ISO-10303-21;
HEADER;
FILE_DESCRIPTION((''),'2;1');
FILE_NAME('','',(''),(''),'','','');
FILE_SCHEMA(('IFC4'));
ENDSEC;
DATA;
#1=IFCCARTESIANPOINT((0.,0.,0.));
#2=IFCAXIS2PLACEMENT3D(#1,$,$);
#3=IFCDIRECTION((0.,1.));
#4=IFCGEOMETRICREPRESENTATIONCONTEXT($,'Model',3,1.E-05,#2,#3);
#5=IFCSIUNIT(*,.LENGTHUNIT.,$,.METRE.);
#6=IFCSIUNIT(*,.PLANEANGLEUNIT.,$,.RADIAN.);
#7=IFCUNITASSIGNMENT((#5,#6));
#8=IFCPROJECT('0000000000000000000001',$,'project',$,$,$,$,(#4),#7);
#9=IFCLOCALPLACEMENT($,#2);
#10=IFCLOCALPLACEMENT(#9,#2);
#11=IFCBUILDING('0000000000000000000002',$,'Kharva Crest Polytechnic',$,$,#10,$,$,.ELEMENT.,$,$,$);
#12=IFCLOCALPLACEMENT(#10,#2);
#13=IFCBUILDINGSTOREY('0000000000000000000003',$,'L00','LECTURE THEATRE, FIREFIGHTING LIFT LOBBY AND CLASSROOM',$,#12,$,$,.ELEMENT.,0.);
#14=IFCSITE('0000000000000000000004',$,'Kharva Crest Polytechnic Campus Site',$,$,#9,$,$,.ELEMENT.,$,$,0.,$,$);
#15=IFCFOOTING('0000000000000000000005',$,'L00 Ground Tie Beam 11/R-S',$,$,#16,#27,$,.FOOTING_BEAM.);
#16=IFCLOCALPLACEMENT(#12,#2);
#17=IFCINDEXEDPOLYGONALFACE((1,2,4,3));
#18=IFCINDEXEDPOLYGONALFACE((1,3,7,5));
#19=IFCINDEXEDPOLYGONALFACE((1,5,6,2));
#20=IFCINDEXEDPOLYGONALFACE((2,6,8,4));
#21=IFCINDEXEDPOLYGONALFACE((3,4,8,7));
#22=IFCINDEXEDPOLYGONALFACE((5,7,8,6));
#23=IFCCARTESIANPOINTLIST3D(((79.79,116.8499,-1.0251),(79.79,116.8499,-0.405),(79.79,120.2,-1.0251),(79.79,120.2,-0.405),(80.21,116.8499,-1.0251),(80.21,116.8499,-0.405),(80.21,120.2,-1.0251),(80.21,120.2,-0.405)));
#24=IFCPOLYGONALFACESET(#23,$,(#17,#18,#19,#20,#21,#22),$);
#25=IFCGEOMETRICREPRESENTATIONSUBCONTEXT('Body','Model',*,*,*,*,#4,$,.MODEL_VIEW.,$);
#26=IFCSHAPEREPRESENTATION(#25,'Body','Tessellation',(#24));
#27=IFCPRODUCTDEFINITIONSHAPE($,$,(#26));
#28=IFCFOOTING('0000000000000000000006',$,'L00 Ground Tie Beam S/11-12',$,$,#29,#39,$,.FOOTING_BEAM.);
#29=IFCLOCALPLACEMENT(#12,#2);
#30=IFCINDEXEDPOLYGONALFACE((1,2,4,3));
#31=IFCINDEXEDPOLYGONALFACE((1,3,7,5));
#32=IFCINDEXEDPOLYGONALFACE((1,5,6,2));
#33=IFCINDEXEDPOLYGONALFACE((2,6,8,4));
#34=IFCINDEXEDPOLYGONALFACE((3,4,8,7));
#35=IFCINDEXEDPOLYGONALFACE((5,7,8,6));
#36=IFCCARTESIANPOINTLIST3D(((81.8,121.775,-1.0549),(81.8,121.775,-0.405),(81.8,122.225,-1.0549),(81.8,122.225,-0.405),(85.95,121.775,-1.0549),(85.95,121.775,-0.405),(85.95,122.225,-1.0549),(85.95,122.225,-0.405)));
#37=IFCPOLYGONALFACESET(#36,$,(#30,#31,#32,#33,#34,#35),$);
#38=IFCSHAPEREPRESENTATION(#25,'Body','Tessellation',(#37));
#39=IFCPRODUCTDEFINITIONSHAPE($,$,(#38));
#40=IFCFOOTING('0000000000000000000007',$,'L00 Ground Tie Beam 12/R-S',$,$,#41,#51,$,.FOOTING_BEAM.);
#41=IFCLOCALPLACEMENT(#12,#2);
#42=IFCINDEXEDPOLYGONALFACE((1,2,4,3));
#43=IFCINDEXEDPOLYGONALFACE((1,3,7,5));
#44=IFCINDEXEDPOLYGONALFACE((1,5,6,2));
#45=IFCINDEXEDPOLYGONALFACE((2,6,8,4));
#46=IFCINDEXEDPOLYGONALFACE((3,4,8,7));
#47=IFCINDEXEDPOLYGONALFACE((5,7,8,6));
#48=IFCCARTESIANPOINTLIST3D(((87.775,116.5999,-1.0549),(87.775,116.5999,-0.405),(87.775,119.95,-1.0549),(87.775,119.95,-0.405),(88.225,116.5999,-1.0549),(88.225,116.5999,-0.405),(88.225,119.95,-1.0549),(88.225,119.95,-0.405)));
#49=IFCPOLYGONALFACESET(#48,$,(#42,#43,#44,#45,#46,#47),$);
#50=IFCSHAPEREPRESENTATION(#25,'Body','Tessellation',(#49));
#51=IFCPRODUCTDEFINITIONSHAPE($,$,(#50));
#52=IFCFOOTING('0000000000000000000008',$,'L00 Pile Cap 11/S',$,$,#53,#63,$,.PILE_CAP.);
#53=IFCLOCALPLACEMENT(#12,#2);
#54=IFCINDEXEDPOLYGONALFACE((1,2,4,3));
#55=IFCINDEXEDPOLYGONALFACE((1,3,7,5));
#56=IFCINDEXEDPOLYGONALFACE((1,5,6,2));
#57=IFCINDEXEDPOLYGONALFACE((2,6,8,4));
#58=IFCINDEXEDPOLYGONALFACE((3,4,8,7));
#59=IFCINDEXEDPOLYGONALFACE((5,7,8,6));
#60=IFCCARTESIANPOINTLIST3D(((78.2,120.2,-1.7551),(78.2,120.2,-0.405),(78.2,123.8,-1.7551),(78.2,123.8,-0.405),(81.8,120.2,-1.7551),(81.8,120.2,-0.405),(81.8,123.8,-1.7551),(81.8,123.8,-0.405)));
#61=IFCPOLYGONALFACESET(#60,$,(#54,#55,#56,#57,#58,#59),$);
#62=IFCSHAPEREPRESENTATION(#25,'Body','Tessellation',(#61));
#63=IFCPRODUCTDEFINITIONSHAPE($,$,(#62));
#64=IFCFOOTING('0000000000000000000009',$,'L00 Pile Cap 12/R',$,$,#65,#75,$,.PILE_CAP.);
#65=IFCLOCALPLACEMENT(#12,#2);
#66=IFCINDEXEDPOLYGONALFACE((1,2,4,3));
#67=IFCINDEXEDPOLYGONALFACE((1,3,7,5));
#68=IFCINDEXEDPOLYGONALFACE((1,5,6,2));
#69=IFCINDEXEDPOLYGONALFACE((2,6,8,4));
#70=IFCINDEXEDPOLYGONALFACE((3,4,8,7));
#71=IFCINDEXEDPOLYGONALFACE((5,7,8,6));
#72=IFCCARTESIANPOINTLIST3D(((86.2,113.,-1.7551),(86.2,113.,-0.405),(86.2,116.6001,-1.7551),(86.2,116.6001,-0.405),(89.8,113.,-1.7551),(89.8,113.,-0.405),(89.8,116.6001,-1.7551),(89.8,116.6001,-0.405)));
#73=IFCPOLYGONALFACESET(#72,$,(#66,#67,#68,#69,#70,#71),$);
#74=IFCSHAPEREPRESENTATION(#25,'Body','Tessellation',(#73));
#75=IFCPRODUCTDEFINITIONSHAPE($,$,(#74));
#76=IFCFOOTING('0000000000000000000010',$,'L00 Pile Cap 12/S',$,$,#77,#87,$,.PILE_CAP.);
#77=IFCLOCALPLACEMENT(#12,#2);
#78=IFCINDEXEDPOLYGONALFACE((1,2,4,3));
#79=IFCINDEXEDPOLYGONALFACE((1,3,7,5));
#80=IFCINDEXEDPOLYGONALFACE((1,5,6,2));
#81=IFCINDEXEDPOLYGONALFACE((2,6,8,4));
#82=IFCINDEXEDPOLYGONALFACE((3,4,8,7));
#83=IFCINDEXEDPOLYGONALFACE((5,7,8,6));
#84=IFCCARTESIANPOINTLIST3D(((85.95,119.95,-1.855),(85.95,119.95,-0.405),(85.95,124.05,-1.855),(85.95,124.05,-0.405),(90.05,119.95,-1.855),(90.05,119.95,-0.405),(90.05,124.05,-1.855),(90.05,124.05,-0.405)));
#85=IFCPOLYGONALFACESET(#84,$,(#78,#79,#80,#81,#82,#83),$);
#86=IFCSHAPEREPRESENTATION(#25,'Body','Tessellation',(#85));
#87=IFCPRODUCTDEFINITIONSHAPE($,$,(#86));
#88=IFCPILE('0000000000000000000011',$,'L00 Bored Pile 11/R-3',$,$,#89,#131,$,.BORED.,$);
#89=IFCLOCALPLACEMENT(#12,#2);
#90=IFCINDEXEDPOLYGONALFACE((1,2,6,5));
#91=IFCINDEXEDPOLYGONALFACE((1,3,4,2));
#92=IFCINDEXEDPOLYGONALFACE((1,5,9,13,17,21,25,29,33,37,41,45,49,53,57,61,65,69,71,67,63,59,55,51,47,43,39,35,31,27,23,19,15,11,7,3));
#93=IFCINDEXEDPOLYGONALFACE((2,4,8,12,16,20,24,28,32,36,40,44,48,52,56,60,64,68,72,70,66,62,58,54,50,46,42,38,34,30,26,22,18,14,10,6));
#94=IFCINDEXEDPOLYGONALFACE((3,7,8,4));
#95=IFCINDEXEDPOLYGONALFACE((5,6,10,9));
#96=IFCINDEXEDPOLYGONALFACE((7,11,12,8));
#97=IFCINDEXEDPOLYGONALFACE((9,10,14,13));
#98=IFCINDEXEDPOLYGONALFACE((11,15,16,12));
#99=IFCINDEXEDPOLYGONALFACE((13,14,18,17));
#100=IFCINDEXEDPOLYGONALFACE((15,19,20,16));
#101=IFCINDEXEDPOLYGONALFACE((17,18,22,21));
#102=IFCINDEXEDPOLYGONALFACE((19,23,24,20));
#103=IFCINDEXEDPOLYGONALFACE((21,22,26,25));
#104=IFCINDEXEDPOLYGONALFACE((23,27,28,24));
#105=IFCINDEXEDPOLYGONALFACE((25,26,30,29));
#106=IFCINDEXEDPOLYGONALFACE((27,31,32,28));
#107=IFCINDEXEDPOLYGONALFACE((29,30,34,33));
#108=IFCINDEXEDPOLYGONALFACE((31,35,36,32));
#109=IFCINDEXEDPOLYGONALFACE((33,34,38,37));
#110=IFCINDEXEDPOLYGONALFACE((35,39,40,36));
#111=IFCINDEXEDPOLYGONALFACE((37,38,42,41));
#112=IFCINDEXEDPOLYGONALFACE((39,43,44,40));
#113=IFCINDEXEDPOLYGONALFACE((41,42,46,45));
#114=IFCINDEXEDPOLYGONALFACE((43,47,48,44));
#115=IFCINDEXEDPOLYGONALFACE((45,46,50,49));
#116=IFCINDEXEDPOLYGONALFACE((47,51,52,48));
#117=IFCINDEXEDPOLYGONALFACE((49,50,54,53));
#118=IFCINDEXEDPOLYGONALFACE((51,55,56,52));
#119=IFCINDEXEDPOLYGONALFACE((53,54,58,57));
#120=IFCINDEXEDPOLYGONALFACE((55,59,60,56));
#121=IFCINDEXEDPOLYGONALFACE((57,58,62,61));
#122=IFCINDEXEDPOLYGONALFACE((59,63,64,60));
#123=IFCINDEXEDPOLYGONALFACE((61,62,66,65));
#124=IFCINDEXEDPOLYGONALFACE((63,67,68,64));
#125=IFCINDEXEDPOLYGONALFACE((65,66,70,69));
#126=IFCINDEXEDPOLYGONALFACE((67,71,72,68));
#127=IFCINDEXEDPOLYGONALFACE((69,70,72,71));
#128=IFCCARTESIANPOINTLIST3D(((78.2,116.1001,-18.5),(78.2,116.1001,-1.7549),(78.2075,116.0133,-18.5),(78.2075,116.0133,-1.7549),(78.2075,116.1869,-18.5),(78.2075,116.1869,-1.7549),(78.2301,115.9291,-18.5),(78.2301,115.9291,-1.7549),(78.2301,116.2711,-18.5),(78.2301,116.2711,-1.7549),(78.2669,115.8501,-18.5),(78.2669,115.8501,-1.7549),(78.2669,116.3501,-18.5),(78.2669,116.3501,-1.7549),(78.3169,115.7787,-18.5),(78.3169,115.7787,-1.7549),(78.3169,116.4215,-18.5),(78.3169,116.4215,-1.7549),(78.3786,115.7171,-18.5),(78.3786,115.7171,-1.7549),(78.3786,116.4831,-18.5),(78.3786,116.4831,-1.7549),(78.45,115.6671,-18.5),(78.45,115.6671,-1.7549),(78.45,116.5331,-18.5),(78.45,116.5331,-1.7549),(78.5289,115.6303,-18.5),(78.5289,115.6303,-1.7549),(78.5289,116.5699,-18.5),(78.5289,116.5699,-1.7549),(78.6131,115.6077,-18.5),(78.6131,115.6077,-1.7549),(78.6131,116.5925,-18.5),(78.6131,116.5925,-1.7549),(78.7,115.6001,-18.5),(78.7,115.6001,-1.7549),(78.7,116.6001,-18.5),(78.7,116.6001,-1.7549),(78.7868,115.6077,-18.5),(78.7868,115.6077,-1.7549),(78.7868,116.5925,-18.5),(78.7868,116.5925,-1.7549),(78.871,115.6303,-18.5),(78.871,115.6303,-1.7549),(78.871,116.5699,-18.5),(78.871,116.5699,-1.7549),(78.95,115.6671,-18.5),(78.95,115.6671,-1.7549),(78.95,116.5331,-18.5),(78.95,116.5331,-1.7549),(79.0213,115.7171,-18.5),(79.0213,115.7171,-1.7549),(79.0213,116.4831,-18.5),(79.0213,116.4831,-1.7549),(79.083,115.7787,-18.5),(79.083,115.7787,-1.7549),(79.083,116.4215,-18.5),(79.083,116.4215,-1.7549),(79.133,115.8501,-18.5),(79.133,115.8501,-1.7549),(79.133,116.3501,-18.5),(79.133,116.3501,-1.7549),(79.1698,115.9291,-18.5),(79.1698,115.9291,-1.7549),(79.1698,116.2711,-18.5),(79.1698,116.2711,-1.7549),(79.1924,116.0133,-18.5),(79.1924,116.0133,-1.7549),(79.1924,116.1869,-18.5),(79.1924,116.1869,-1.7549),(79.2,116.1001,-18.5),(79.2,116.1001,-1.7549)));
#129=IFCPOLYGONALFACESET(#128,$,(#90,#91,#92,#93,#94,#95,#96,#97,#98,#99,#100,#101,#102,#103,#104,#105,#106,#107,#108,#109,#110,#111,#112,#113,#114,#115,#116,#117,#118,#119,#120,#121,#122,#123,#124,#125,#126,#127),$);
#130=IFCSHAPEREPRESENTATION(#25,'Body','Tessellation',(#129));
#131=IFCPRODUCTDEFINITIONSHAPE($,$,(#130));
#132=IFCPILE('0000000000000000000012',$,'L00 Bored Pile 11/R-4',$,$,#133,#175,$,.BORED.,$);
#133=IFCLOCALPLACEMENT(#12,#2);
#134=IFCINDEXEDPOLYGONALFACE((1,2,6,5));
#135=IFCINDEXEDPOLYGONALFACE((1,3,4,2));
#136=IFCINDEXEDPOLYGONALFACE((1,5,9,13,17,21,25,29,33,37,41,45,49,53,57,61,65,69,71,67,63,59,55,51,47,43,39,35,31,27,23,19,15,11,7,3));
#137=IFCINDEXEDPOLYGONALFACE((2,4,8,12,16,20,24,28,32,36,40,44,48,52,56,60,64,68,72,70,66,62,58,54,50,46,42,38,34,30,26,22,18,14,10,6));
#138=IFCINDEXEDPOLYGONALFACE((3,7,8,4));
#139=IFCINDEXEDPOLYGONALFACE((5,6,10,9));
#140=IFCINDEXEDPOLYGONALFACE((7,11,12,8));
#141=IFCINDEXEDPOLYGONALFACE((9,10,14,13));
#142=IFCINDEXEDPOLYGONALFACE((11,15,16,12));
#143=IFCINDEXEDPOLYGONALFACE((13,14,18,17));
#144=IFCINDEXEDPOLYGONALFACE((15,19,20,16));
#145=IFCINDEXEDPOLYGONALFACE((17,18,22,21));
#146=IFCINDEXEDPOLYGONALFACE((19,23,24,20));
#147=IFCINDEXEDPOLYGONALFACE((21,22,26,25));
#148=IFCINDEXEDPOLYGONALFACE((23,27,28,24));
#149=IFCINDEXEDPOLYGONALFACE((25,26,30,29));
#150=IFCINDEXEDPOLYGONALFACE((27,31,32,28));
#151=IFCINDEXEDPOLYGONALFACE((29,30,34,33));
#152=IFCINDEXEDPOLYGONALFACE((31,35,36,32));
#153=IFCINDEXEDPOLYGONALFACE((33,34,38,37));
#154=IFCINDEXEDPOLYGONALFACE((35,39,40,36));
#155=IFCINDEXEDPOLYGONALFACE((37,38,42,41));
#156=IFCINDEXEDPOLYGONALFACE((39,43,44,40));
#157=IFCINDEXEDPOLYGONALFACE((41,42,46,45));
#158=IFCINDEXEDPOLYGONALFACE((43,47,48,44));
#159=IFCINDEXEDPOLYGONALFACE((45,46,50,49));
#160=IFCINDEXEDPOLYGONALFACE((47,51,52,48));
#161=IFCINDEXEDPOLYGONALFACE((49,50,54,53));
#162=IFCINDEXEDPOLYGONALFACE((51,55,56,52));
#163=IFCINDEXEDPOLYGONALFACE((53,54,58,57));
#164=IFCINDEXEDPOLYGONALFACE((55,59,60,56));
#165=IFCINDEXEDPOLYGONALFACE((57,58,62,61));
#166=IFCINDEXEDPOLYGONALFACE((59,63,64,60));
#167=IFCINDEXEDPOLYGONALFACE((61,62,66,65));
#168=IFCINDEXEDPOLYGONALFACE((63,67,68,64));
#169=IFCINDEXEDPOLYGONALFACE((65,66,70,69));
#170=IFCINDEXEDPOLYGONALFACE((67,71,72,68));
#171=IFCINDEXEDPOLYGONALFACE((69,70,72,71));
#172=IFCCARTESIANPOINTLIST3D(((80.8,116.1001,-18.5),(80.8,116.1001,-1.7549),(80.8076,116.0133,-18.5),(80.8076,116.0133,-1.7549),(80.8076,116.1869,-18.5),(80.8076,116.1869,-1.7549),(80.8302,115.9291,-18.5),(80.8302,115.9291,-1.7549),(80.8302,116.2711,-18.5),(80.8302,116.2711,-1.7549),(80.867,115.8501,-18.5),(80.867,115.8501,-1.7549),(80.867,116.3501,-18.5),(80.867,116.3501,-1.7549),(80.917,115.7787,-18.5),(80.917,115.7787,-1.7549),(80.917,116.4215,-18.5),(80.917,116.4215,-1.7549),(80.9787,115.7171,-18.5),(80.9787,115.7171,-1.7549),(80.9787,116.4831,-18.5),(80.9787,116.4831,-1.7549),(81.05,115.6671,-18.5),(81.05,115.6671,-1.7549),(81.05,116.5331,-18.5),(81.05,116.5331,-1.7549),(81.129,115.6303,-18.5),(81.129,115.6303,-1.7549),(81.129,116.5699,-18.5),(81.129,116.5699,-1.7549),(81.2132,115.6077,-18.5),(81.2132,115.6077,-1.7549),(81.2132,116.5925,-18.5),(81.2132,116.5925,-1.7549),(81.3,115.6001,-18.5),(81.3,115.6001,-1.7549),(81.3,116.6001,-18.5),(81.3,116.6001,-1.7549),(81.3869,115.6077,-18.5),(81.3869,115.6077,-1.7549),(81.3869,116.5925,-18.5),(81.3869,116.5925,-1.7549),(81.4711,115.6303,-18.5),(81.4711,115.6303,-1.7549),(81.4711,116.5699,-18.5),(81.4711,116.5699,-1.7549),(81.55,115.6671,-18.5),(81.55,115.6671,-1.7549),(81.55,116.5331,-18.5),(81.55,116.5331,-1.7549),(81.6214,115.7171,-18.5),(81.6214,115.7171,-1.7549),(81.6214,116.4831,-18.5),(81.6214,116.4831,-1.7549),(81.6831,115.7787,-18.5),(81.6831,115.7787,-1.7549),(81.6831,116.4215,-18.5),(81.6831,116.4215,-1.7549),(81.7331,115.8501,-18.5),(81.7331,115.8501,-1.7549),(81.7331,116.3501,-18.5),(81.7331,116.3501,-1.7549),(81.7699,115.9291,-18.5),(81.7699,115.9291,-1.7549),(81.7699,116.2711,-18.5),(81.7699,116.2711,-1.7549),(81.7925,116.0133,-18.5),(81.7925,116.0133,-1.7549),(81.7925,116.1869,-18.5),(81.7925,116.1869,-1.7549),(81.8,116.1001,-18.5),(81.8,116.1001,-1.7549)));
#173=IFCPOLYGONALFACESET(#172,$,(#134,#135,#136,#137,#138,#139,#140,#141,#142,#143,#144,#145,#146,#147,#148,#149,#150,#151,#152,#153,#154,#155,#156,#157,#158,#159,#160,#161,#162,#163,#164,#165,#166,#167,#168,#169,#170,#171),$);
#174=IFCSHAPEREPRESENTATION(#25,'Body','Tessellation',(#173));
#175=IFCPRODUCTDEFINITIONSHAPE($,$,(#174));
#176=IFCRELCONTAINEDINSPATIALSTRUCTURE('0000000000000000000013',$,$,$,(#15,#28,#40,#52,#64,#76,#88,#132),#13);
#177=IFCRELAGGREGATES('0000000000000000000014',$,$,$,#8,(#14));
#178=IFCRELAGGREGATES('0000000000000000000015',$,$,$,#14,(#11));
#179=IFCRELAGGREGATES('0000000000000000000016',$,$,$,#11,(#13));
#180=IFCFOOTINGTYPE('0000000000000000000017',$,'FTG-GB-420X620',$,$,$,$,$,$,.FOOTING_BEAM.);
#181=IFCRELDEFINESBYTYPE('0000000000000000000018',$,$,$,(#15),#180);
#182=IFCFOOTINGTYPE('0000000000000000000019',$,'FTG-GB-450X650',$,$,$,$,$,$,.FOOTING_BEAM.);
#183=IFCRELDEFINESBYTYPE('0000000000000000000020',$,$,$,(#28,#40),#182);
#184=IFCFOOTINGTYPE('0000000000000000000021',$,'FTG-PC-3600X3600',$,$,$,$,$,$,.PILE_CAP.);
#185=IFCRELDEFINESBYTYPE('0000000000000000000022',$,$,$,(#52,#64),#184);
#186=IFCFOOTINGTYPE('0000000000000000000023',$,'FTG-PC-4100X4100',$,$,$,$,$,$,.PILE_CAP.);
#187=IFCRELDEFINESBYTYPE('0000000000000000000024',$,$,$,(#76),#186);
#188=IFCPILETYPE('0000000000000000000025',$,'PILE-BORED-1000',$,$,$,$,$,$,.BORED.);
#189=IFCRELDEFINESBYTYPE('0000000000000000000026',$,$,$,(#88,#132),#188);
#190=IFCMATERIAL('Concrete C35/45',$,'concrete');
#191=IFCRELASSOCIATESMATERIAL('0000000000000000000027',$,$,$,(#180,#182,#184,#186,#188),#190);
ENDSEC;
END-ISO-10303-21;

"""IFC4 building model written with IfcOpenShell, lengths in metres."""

from ifc_helpers import new_model, si_unit, direction, frame, origin, origin_2d, place, context, subcontext, project, spatial, rectangle, circle, extrude, material, material_profile, profile_set, type_object, element, save


model = new_model("IFC4")

# Units and contexts
model_context = context("Model", 3, precision=1e-05, world=origin(), true_north=direction((0.0, 1.0)))
body_context = subcontext(model_context, "Body", "Model", "MODEL_VIEW")
ifc_project = project(units=[si_unit("LENGTHUNIT", "METRE"), si_unit("PLANEANGLEUNIT", "RADIAN")], contexts=[model_context])

# Site, building, storey
site_placement = place(None, origin())
site = spatial("IfcSite", under=ifc_project, at=site_placement, Name="Kharva Crest Polytechnic Campus Site", CompositionType="ELEMENT", RefElevation=0.0)
building_placement = place(site_placement, origin())
building = spatial("IfcBuilding", under=site, at=building_placement, Name="Kharva Crest Polytechnic", CompositionType="ELEMENT")
storey_placement = place(building_placement, origin())
storey = spatial("IfcBuildingStorey", under=building, at=storey_placement, Name="L00", Description="LECTURE THEATRE, FIREFIGHTING LIFT LOBBY AND CLASSROOM", CompositionType="ELEMENT", Elevation=0.0)

# Footings
ifc_material_1 = material(Name="Concrete C35/45", Category="concrete")
footing_type_1 = type_object("IfcFootingType", Name="FTG-GB-420X620", PredefinedType="FOOTING_BEAM", material=ifc_material_1)
footing_1_placement = place(storey_placement, frame((80.0, 118.5249, -1.0251), z_axis=(0.0, 0.0, 1.0), x_axis=(0.0, 1.0, 0.0)))
element("IfcFooting", 1, at=footing_1_placement, inside=storey, type_object=footing_type_1, Name="L00 Ground Tie Beam 11/R-S", PredefinedType="FOOTING_BEAM", context=body_context, shape_type="SweptSolid", body=[
    extrude(rectangle(XDim=3.3501, YDim=0.4199, at=origin_2d()), origin(), (0.0, 0.0, 1.0), 0.6201),
])
footing_type_2 = type_object("IfcFootingType", Name="FTG-GB-450X650", PredefinedType="FOOTING_BEAM", material=ifc_material_1)
footing_2_placement = place(storey_placement, frame((83.875, 122.0, -1.0549), z_axis=(0.0, 0.0, 1.0), x_axis=(1.0, 0.0, 0.0)))
element("IfcFooting", 2, at=footing_2_placement, inside=storey, type_object=footing_type_2, Name="L00 Ground Tie Beam S/11-12", PredefinedType="FOOTING_BEAM", context=body_context, shape_type="SweptSolid", body=[
    extrude(rectangle(XDim=4.1499, YDim=0.45, at=origin_2d()), origin(), (0.0, 0.0, 1.0), 0.6499),
])
footing_3_placement = place(storey_placement, frame((88.0, 118.2749, -1.0549), z_axis=(0.0, 0.0, 1.0), x_axis=(0.0, 1.0, 0.0)))
element("IfcFooting", 3, at=footing_3_placement, inside=storey, type_object=footing_type_2, Name="L00 Ground Tie Beam 12/R-S", PredefinedType="FOOTING_BEAM", context=body_context, shape_type="SweptSolid", body=[
    extrude(rectangle(XDim=3.3501, YDim=0.45, at=origin_2d()), origin(), (0.0, 0.0, 1.0), 0.6499),
])
footing_type_3 = type_object("IfcFootingType", Name="FTG-PC-3600X3600", PredefinedType="PILE_CAP", material=ifc_material_1)
for number, where, z_axis, x_axis, name in (
    (4, (80.0, 122.0, -1.7551), (0.0, 0.0, 1.0), (1.0, 0.0, 0.0), "L00 Pile Cap 11/S"),
    (5, (88.0, 114.8, -1.7551), (0.0, 0.0, 1.0), (1.0, 0.0, 0.0), "L00 Pile Cap 12/R"),
):
    element("IfcFooting", number, at=place(storey_placement, frame(where, z_axis=z_axis, x_axis=x_axis)), inside=storey, type_object=footing_type_3, Name=name, PredefinedType="PILE_CAP", context=body_context, shape_type="SweptSolid", body=[
        extrude(rectangle(XDim=3.6001, YDim=3.6001, at=origin_2d()), origin(), (0.0, 0.0, 1.0), 1.3501),
    ])
footing_type_4 = type_object("IfcFootingType", Name="FTG-PC-4100X4100", PredefinedType="PILE_CAP", material=ifc_material_1)
footing_4_placement = place(storey_placement, frame((88.0, 122.0, -1.855), z_axis=(0.0, 0.0, 1.0), x_axis=(1.0, 0.0, 0.0)))
element("IfcFooting", 6, at=footing_4_placement, inside=storey, type_object=footing_type_4, Name="L00 Pile Cap 12/S", PredefinedType="PILE_CAP", context=body_context, shape_type="SweptSolid", body=[
    extrude(rectangle(XDim=4.1001, YDim=4.1001, at=origin_2d()), origin(), (0.0, 0.0, 1.0), 1.45),
])

# Piles
ifc_material_profile_1 = material_profile(ifc_material_1, circle(Radius=0.5, at=origin_2d()), Name="DIA 1000")
ifc_profile_set_1 = profile_set([ifc_material_profile_1], Name="Concrete C35/45")
pile_type_1 = type_object("IfcPileType", Name="PILE-BORED-1000", PredefinedType="BORED", material=ifc_profile_set_1)
for number, where, z_axis, x_axis, name in (
    (7, (78.7, 116.1001, -1.7549), (0.0, 0.0, -1.0), (1.0, 0.0, 0.0), "L00 Bored Pile 11/R-3"),
    (8, (81.3, 116.1001, -1.7549), (0.0, 0.0, -1.0), (1.0, 0.0, 0.0), "L00 Bored Pile 11/R-4"),
):
    element("IfcPile", number, at=place(storey_placement, frame(where, z_axis=z_axis, x_axis=x_axis)), inside=storey, type_object=pile_type_1, Name=name, PredefinedType="BORED", context=body_context, shape_type="SweptSolid", body=[
        extrude(circle(Radius=0.5, at=origin_2d()), origin(), (0.0, 0.0, 1.0), 16.7451),
    ])

save(model, "model.ifc")
